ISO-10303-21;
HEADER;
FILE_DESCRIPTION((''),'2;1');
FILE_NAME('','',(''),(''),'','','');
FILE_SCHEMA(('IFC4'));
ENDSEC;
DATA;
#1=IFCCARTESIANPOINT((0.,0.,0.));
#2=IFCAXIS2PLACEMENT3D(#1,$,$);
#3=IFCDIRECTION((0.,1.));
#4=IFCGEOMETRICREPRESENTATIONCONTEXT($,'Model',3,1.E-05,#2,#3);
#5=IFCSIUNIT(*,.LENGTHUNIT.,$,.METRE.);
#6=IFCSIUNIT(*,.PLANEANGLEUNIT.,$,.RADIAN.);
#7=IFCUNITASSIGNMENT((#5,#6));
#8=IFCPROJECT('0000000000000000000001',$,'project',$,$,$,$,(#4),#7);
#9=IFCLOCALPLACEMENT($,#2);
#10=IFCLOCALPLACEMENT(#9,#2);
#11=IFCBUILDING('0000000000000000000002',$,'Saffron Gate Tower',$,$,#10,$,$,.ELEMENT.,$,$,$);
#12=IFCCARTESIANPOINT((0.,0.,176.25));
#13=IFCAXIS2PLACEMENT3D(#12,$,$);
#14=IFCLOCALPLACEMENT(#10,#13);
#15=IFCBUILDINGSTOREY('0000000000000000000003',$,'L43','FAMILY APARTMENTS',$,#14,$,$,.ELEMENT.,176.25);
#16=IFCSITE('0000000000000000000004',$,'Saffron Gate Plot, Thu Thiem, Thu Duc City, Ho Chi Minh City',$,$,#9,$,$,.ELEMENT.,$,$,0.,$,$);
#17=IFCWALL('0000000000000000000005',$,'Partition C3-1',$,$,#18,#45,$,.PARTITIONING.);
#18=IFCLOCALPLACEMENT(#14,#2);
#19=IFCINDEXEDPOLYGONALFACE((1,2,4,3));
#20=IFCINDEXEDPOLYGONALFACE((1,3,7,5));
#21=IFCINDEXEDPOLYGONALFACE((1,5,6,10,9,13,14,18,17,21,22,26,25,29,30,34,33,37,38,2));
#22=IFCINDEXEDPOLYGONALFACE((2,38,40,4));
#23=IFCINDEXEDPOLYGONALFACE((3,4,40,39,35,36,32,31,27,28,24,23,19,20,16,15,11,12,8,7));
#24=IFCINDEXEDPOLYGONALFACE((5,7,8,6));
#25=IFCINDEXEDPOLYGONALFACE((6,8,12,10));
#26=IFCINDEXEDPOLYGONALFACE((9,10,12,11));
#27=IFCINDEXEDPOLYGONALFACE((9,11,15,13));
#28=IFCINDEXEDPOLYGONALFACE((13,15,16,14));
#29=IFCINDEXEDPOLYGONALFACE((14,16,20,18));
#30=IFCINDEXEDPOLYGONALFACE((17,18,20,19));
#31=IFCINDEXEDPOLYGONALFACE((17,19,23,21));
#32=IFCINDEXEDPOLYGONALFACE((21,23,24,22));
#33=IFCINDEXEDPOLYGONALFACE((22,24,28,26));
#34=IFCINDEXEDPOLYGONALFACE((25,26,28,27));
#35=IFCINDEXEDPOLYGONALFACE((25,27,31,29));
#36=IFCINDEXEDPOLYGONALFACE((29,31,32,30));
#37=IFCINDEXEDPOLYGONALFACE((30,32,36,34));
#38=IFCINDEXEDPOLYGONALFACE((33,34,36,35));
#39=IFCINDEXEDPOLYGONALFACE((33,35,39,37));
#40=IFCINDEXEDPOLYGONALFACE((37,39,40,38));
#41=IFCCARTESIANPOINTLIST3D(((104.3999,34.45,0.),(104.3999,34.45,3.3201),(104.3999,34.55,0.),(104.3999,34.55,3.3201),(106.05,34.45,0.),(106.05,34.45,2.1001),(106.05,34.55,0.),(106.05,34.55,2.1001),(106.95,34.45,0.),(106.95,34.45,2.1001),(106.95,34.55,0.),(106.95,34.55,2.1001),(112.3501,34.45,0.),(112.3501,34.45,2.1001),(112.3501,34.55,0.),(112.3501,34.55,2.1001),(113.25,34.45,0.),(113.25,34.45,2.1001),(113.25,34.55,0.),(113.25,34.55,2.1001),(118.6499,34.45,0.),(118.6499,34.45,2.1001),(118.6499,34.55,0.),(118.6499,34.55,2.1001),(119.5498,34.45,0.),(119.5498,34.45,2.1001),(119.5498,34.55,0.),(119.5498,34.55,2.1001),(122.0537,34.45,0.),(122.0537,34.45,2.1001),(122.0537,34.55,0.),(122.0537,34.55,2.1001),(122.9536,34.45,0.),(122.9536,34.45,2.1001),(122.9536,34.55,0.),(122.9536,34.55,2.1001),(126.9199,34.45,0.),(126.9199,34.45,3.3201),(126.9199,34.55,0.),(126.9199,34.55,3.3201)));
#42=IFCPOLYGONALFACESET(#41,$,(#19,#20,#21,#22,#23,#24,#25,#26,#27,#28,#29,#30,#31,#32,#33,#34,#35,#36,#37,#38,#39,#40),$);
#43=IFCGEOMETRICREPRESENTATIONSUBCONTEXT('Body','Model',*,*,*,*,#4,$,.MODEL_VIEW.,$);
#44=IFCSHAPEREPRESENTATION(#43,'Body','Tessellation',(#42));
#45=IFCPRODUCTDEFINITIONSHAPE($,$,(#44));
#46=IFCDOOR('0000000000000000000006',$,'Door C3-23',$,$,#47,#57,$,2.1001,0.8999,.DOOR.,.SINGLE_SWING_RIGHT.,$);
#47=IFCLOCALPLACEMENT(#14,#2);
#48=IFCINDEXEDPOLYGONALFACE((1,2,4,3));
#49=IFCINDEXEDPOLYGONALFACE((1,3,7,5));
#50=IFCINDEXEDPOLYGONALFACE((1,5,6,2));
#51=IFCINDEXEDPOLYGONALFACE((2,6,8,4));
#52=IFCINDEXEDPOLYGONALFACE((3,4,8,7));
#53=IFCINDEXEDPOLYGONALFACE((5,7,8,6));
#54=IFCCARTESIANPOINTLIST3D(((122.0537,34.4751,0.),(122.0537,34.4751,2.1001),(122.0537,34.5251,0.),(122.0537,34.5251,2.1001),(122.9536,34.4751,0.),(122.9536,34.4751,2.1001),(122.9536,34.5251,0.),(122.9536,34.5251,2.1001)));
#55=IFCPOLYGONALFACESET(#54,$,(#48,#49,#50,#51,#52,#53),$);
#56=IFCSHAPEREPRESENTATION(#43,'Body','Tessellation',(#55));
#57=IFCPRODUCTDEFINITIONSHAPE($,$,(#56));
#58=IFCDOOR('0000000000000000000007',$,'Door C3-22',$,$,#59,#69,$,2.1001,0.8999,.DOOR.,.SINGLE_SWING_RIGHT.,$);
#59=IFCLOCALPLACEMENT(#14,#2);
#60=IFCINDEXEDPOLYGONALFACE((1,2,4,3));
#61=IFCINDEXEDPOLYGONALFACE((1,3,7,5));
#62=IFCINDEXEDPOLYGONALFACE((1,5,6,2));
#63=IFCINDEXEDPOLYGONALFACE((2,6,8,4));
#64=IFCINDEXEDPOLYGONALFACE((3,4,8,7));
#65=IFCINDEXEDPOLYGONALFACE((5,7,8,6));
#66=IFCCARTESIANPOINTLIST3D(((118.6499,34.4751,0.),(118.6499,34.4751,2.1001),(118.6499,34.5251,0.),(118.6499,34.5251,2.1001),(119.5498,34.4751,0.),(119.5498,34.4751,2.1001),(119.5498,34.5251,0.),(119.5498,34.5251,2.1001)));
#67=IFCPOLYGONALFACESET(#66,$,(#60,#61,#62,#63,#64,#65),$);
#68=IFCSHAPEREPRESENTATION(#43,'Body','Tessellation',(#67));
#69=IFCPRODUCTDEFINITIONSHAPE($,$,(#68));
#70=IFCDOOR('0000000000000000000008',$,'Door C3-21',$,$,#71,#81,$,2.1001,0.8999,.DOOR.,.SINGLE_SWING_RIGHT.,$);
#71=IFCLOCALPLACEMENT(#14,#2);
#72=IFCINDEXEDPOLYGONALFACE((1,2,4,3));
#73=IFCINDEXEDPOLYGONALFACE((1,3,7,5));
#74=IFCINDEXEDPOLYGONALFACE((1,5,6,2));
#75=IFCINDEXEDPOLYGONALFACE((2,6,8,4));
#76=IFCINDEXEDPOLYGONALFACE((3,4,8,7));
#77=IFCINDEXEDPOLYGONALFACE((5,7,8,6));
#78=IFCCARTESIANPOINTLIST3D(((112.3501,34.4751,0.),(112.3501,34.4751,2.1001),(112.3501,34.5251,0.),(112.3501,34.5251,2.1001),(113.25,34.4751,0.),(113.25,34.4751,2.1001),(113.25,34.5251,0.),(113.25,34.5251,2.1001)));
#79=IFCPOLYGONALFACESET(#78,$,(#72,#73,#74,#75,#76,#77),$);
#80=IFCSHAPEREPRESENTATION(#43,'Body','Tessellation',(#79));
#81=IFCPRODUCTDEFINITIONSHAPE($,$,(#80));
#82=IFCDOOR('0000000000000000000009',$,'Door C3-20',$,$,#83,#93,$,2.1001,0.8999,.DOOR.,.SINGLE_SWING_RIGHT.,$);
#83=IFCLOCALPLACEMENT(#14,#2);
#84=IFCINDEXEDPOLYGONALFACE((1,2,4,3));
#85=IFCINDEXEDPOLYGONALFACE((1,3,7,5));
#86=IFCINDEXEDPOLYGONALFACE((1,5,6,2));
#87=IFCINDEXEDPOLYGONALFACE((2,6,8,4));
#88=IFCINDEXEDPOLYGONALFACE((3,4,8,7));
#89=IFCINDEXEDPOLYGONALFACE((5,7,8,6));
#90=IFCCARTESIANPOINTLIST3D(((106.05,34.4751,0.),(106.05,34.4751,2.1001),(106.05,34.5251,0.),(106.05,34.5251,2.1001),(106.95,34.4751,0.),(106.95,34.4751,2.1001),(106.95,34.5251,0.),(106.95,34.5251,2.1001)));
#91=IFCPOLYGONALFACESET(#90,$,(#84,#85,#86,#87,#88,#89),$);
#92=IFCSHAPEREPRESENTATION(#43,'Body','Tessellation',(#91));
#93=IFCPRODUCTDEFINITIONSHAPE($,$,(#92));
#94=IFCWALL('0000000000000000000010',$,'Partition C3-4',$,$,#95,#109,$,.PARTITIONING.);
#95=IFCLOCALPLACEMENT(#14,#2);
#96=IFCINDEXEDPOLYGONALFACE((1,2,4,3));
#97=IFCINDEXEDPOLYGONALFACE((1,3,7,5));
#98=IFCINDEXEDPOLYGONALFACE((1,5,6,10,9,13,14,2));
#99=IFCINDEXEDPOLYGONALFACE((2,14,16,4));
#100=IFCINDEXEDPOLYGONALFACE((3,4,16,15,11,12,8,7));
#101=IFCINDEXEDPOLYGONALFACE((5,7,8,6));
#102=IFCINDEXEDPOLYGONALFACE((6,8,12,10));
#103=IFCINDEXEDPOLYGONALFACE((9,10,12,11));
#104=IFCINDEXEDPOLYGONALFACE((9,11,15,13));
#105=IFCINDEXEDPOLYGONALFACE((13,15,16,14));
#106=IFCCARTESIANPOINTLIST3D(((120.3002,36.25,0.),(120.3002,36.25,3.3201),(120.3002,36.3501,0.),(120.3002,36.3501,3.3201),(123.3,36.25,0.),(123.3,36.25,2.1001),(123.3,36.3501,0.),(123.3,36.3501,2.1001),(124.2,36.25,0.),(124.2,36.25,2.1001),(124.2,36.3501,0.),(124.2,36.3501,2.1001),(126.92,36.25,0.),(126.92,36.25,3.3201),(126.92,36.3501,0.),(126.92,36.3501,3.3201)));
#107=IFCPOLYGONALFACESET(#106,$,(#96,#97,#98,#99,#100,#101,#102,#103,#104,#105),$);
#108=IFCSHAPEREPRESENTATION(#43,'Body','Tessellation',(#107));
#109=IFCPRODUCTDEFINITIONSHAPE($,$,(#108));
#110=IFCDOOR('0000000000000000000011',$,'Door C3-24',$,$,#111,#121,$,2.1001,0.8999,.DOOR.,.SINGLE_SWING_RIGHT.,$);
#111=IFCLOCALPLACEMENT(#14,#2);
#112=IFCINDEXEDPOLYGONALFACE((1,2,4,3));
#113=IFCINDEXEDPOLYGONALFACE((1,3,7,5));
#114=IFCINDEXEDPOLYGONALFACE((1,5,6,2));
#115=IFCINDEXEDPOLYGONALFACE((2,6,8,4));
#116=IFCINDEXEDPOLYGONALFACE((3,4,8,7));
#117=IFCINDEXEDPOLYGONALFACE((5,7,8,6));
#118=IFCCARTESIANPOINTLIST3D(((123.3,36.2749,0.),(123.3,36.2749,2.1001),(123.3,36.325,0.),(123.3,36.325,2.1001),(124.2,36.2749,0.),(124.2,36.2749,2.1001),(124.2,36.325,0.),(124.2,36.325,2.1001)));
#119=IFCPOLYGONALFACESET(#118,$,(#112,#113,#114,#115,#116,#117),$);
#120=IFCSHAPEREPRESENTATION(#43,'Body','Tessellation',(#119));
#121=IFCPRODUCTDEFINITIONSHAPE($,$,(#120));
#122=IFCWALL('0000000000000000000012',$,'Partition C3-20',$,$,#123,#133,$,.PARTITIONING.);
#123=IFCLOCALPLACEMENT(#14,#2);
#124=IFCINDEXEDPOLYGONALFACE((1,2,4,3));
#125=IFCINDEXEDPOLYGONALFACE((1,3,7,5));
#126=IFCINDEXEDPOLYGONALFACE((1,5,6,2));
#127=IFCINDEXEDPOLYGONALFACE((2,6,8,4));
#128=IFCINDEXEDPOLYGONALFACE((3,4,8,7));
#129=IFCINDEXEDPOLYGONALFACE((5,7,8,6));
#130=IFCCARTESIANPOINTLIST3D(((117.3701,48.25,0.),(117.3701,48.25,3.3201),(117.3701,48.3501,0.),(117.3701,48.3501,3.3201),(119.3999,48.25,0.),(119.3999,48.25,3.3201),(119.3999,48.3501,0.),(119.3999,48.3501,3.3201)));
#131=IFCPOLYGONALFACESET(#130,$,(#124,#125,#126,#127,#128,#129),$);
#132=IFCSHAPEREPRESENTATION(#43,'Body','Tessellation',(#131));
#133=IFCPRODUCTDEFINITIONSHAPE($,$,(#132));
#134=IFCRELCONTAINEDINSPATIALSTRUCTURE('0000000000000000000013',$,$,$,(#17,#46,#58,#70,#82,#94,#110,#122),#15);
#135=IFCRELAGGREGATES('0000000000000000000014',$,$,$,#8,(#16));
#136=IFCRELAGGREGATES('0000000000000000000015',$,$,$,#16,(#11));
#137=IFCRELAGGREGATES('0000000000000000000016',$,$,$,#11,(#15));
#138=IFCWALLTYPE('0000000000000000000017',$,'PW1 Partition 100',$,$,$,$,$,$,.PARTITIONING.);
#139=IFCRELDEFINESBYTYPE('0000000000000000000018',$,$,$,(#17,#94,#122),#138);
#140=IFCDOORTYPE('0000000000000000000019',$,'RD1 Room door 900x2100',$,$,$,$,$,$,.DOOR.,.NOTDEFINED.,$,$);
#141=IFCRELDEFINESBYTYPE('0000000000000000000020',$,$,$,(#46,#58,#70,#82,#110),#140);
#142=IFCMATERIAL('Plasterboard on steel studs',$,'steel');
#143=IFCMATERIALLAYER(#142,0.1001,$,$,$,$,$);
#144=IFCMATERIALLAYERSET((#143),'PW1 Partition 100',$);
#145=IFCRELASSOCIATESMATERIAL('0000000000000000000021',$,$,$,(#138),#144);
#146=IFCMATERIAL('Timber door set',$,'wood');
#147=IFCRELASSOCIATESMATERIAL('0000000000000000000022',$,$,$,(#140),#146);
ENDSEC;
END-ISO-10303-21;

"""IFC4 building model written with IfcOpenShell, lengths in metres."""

from ifc_helpers import new_model, si_unit, direction, frame, frame_2d, origin, place, context, subcontext, project, spatial, rectangle, extrude, material, layer, layer_set, type_object, element, fill, save


model = new_model("IFC4")

# Units and contexts
model_context = context("Model", 3, precision=1e-05, world=origin(), true_north=direction((0.0, 1.0)))
body_context = subcontext(model_context, "Body", "Model", "MODEL_VIEW")
ifc_project = project(units=[si_unit("LENGTHUNIT", "METRE"), si_unit("PLANEANGLEUNIT", "RADIAN")], contexts=[model_context])

# Site, building, storey
site_placement = place(None, origin())
site = spatial("IfcSite", under=ifc_project, at=site_placement, Name="Saffron Gate Plot, Thu Thiem, Thu Duc City, Ho Chi Minh City", CompositionType="ELEMENT", RefElevation=0.0)
building_placement = place(site_placement, origin())
building = spatial("IfcBuilding", under=site, at=building_placement, Name="Saffron Gate Tower", CompositionType="ELEMENT")
storey_placement = place(building_placement, frame((0.0, 0.0, 176.25)))
storey = spatial("IfcBuildingStorey", under=building, at=storey_placement, Name="L43", Description="FAMILY APARTMENTS", CompositionType="ELEMENT", Elevation=176.25)

# Wall, openings, doors
ifc_material_1 = material(Name="Plasterboard on steel studs", Category="steel")
ifc_layer_1 = layer(ifc_material_1, 0.1001)
ifc_layer_set_1 = layer_set([ifc_layer_1], Name="PW1 Partition 100")
wall_type_1 = type_object("IfcWallType", Name="PW1 Partition 100", PredefinedType="PARTITIONING", material=ifc_layer_set_1)
wall_1_placement = place(storey_placement, frame((126.9199, 34.5, 0.0), z_axis=(0.0, 0.0, 1.0), x_axis=(-1.0, 0.0, 0.0)))
wall_1 = element("IfcWall", 1, at=wall_1_placement, inside=storey, type_object=wall_type_1, Name="Partition C3-1", PredefinedType="PARTITIONING", context=body_context, shape_type="SweptSolid", body=[
    extrude(rectangle(XDim=22.52, YDim=0.1001, at=frame_2d((11.26, 0.0))), origin(), (0.0, 0.0, 1.0), 3.3201),
])
opening_1_placement = place(wall_1_placement, frame((3.9663, 0.0, 0.0)))
opening_1 = element("IfcOpeningElement", 2, at=opening_1_placement, cuts=wall_1, PredefinedType="OPENING", context=body_context, shape_type="SweptSolid", body=[
    extrude(rectangle(XDim=0.8999, YDim=2.1001, at=frame_2d((0.45, 1.05))), frame((0.0, 0.0601, 0.0), z_axis=(0.0, -1.0, 0.0), x_axis=(1.0, 0.0, 0.0)), (0.0, 0.0, 1.0), 0.1201),
])
opening_2_placement = place(wall_1_placement, frame((7.3701, 0.0, 0.0)))
opening_2 = element("IfcOpeningElement", 3, at=opening_2_placement, cuts=wall_1, PredefinedType="OPENING", context=body_context, shape_type="SweptSolid", body=[
    extrude(rectangle(XDim=0.8999, YDim=2.1001, at=frame_2d((0.45, 1.05))), frame((0.0, 0.0601, 0.0), z_axis=(0.0, -1.0, 0.0), x_axis=(1.0, 0.0, 0.0)), (0.0, 0.0, 1.0), 0.1201),
])
opening_3_placement = place(wall_1_placement, frame((13.6699, 0.0, 0.0)))
opening_3 = element("IfcOpeningElement", 4, at=opening_3_placement, cuts=wall_1, PredefinedType="OPENING", context=body_context, shape_type="SweptSolid", body=[
    extrude(rectangle(XDim=0.8999, YDim=2.1001, at=frame_2d((0.45, 1.05))), frame((0.0, 0.0601, 0.0), z_axis=(0.0, -1.0, 0.0), x_axis=(1.0, 0.0, 0.0)), (0.0, 0.0, 1.0), 0.1201),
])
opening_4_placement = place(wall_1_placement, frame((19.97, 0.0, 0.0)))
opening_4 = element("IfcOpeningElement", 5, at=opening_4_placement, cuts=wall_1, PredefinedType="OPENING", context=body_context, shape_type="SweptSolid", body=[
    extrude(rectangle(XDim=0.8999, YDim=2.1001, at=frame_2d((0.45, 1.05))), frame((0.0, 0.0601, 0.0), z_axis=(0.0, -1.0, 0.0), x_axis=(1.0, 0.0, 0.0)), (0.0, 0.0, 1.0), 0.1201),
])
ifc_material_2 = material(Name="Timber door set", Category="wood")
door_type_1 = type_object("IfcDoorType", Name="RD1 Room door 900x2100", OperationType="NOTDEFINED", PredefinedType="DOOR", material=ifc_material_2)
door_1_placement = place(opening_1_placement, origin())
door_1 = element("IfcDoor", 6, at=door_1_placement, inside=storey, type_object=door_type_1, Name="Door C3-23", OperationType="SINGLE_SWING_RIGHT", OverallHeight=2.1001, OverallWidth=0.8999, PredefinedType="DOOR", context=body_context, shape_type="SweptSolid", body=[
    extrude(rectangle(XDim=0.8999, YDim=2.1001, at=frame_2d((0.45, 1.05))), frame((0.0, 0.0249, 0.0), z_axis=(0.0, -1.0, 0.0), x_axis=(1.0, 0.0, 0.0)), (0.0, 0.0, 1.0), 0.05),
])
fill(opening_1, door_1)
door_2_placement = place(opening_2_placement, origin())
door_2 = element("IfcDoor", 7, at=door_2_placement, inside=storey, type_object=door_type_1, Name="Door C3-22", OperationType="SINGLE_SWING_RIGHT", OverallHeight=2.1001, OverallWidth=0.8999, PredefinedType="DOOR", context=body_context, shape_type="SweptSolid", body=[
    extrude(rectangle(XDim=0.8999, YDim=2.1001, at=frame_2d((0.45, 1.05))), frame((0.0, 0.0249, 0.0), z_axis=(0.0, -1.0, 0.0), x_axis=(1.0, 0.0, 0.0)), (0.0, 0.0, 1.0), 0.05),
])
fill(opening_2, door_2)
door_3_placement = place(opening_3_placement, origin())
door_3 = element("IfcDoor", 8, at=door_3_placement, inside=storey, type_object=door_type_1, Name="Door C3-21", OperationType="SINGLE_SWING_RIGHT", OverallHeight=2.1001, OverallWidth=0.8999, PredefinedType="DOOR", context=body_context, shape_type="SweptSolid", body=[
    extrude(rectangle(XDim=0.8999, YDim=2.1001, at=frame_2d((0.45, 1.05))), frame((0.0, 0.0249, 0.0), z_axis=(0.0, -1.0, 0.0), x_axis=(1.0, 0.0, 0.0)), (0.0, 0.0, 1.0), 0.05),
])
fill(opening_3, door_3)
door_4_placement = place(opening_4_placement, origin())
door_4 = element("IfcDoor", 9, at=door_4_placement, inside=storey, type_object=door_type_1, Name="Door C3-20", OperationType="SINGLE_SWING_RIGHT", OverallHeight=2.1001, OverallWidth=0.8999, PredefinedType="DOOR", context=body_context, shape_type="SweptSolid", body=[
    extrude(rectangle(XDim=0.8999, YDim=2.1001, at=frame_2d((0.45, 1.05))), frame((0.0, 0.0249, 0.0), z_axis=(0.0, -1.0, 0.0), x_axis=(1.0, 0.0, 0.0)), (0.0, 0.0, 1.0), 0.05),
])
fill(opening_4, door_4)

# Wall, opening, door
wall_2_placement = place(storey_placement, frame((120.3, 36.3, 0.0), z_axis=(0.0, 0.0, 1.0), x_axis=(1.0, 0.0, 0.0)))
wall_2 = element("IfcWall", 10, at=wall_2_placement, inside=storey, type_object=wall_type_1, Name="Partition C3-4", PredefinedType="PARTITIONING", context=body_context, shape_type="SweptSolid", body=[
    extrude(rectangle(XDim=6.6199, YDim=0.1001, at=frame_2d((3.3101, 0.0))), origin(), (0.0, 0.0, 1.0), 3.3201),
])
opening_5_placement = place(wall_2_placement, frame((3.0, 0.0, 0.0)))
opening_5 = element("IfcOpeningElement", 11, at=opening_5_placement, cuts=wall_2, PredefinedType="OPENING", context=body_context, shape_type="SweptSolid", body=[
    extrude(rectangle(XDim=0.8999, YDim=2.1001, at=frame_2d((0.45, 1.05))), frame((0.0, 0.0601, 0.0), z_axis=(0.0, -1.0, 0.0), x_axis=(1.0, 0.0, 0.0)), (0.0, 0.0, 1.0), 0.1201),
])
door_5_placement = place(opening_5_placement, origin())
door_5 = element("IfcDoor", 12, at=door_5_placement, inside=storey, type_object=door_type_1, Name="Door C3-24", OperationType="SINGLE_SWING_RIGHT", OverallHeight=2.1001, OverallWidth=0.8999, PredefinedType="DOOR", context=body_context, shape_type="SweptSolid", body=[
    extrude(rectangle(XDim=0.8999, YDim=2.1001, at=frame_2d((0.45, 1.05))), frame((0.0, 0.0249, 0.0), z_axis=(0.0, -1.0, 0.0), x_axis=(1.0, 0.0, 0.0)), (0.0, 0.0, 1.0), 0.05),
])
fill(opening_5, door_5)

# Wall
wall_3_placement = place(storey_placement, frame((117.3701, 48.3, 0.0), z_axis=(0.0, 0.0, 1.0), x_axis=(1.0, 0.0, 0.0)))
element("IfcWall", 13, at=wall_3_placement, inside=storey, type_object=wall_type_1, Name="Partition C3-20", PredefinedType="PARTITIONING", context=body_context, shape_type="SweptSolid", body=[
    extrude(rectangle(XDim=2.0298, YDim=0.1001, at=frame_2d((1.0149, 0.0))), origin(), (0.0, 0.0, 1.0), 3.3201),
])

save(model, "model.ifc")
